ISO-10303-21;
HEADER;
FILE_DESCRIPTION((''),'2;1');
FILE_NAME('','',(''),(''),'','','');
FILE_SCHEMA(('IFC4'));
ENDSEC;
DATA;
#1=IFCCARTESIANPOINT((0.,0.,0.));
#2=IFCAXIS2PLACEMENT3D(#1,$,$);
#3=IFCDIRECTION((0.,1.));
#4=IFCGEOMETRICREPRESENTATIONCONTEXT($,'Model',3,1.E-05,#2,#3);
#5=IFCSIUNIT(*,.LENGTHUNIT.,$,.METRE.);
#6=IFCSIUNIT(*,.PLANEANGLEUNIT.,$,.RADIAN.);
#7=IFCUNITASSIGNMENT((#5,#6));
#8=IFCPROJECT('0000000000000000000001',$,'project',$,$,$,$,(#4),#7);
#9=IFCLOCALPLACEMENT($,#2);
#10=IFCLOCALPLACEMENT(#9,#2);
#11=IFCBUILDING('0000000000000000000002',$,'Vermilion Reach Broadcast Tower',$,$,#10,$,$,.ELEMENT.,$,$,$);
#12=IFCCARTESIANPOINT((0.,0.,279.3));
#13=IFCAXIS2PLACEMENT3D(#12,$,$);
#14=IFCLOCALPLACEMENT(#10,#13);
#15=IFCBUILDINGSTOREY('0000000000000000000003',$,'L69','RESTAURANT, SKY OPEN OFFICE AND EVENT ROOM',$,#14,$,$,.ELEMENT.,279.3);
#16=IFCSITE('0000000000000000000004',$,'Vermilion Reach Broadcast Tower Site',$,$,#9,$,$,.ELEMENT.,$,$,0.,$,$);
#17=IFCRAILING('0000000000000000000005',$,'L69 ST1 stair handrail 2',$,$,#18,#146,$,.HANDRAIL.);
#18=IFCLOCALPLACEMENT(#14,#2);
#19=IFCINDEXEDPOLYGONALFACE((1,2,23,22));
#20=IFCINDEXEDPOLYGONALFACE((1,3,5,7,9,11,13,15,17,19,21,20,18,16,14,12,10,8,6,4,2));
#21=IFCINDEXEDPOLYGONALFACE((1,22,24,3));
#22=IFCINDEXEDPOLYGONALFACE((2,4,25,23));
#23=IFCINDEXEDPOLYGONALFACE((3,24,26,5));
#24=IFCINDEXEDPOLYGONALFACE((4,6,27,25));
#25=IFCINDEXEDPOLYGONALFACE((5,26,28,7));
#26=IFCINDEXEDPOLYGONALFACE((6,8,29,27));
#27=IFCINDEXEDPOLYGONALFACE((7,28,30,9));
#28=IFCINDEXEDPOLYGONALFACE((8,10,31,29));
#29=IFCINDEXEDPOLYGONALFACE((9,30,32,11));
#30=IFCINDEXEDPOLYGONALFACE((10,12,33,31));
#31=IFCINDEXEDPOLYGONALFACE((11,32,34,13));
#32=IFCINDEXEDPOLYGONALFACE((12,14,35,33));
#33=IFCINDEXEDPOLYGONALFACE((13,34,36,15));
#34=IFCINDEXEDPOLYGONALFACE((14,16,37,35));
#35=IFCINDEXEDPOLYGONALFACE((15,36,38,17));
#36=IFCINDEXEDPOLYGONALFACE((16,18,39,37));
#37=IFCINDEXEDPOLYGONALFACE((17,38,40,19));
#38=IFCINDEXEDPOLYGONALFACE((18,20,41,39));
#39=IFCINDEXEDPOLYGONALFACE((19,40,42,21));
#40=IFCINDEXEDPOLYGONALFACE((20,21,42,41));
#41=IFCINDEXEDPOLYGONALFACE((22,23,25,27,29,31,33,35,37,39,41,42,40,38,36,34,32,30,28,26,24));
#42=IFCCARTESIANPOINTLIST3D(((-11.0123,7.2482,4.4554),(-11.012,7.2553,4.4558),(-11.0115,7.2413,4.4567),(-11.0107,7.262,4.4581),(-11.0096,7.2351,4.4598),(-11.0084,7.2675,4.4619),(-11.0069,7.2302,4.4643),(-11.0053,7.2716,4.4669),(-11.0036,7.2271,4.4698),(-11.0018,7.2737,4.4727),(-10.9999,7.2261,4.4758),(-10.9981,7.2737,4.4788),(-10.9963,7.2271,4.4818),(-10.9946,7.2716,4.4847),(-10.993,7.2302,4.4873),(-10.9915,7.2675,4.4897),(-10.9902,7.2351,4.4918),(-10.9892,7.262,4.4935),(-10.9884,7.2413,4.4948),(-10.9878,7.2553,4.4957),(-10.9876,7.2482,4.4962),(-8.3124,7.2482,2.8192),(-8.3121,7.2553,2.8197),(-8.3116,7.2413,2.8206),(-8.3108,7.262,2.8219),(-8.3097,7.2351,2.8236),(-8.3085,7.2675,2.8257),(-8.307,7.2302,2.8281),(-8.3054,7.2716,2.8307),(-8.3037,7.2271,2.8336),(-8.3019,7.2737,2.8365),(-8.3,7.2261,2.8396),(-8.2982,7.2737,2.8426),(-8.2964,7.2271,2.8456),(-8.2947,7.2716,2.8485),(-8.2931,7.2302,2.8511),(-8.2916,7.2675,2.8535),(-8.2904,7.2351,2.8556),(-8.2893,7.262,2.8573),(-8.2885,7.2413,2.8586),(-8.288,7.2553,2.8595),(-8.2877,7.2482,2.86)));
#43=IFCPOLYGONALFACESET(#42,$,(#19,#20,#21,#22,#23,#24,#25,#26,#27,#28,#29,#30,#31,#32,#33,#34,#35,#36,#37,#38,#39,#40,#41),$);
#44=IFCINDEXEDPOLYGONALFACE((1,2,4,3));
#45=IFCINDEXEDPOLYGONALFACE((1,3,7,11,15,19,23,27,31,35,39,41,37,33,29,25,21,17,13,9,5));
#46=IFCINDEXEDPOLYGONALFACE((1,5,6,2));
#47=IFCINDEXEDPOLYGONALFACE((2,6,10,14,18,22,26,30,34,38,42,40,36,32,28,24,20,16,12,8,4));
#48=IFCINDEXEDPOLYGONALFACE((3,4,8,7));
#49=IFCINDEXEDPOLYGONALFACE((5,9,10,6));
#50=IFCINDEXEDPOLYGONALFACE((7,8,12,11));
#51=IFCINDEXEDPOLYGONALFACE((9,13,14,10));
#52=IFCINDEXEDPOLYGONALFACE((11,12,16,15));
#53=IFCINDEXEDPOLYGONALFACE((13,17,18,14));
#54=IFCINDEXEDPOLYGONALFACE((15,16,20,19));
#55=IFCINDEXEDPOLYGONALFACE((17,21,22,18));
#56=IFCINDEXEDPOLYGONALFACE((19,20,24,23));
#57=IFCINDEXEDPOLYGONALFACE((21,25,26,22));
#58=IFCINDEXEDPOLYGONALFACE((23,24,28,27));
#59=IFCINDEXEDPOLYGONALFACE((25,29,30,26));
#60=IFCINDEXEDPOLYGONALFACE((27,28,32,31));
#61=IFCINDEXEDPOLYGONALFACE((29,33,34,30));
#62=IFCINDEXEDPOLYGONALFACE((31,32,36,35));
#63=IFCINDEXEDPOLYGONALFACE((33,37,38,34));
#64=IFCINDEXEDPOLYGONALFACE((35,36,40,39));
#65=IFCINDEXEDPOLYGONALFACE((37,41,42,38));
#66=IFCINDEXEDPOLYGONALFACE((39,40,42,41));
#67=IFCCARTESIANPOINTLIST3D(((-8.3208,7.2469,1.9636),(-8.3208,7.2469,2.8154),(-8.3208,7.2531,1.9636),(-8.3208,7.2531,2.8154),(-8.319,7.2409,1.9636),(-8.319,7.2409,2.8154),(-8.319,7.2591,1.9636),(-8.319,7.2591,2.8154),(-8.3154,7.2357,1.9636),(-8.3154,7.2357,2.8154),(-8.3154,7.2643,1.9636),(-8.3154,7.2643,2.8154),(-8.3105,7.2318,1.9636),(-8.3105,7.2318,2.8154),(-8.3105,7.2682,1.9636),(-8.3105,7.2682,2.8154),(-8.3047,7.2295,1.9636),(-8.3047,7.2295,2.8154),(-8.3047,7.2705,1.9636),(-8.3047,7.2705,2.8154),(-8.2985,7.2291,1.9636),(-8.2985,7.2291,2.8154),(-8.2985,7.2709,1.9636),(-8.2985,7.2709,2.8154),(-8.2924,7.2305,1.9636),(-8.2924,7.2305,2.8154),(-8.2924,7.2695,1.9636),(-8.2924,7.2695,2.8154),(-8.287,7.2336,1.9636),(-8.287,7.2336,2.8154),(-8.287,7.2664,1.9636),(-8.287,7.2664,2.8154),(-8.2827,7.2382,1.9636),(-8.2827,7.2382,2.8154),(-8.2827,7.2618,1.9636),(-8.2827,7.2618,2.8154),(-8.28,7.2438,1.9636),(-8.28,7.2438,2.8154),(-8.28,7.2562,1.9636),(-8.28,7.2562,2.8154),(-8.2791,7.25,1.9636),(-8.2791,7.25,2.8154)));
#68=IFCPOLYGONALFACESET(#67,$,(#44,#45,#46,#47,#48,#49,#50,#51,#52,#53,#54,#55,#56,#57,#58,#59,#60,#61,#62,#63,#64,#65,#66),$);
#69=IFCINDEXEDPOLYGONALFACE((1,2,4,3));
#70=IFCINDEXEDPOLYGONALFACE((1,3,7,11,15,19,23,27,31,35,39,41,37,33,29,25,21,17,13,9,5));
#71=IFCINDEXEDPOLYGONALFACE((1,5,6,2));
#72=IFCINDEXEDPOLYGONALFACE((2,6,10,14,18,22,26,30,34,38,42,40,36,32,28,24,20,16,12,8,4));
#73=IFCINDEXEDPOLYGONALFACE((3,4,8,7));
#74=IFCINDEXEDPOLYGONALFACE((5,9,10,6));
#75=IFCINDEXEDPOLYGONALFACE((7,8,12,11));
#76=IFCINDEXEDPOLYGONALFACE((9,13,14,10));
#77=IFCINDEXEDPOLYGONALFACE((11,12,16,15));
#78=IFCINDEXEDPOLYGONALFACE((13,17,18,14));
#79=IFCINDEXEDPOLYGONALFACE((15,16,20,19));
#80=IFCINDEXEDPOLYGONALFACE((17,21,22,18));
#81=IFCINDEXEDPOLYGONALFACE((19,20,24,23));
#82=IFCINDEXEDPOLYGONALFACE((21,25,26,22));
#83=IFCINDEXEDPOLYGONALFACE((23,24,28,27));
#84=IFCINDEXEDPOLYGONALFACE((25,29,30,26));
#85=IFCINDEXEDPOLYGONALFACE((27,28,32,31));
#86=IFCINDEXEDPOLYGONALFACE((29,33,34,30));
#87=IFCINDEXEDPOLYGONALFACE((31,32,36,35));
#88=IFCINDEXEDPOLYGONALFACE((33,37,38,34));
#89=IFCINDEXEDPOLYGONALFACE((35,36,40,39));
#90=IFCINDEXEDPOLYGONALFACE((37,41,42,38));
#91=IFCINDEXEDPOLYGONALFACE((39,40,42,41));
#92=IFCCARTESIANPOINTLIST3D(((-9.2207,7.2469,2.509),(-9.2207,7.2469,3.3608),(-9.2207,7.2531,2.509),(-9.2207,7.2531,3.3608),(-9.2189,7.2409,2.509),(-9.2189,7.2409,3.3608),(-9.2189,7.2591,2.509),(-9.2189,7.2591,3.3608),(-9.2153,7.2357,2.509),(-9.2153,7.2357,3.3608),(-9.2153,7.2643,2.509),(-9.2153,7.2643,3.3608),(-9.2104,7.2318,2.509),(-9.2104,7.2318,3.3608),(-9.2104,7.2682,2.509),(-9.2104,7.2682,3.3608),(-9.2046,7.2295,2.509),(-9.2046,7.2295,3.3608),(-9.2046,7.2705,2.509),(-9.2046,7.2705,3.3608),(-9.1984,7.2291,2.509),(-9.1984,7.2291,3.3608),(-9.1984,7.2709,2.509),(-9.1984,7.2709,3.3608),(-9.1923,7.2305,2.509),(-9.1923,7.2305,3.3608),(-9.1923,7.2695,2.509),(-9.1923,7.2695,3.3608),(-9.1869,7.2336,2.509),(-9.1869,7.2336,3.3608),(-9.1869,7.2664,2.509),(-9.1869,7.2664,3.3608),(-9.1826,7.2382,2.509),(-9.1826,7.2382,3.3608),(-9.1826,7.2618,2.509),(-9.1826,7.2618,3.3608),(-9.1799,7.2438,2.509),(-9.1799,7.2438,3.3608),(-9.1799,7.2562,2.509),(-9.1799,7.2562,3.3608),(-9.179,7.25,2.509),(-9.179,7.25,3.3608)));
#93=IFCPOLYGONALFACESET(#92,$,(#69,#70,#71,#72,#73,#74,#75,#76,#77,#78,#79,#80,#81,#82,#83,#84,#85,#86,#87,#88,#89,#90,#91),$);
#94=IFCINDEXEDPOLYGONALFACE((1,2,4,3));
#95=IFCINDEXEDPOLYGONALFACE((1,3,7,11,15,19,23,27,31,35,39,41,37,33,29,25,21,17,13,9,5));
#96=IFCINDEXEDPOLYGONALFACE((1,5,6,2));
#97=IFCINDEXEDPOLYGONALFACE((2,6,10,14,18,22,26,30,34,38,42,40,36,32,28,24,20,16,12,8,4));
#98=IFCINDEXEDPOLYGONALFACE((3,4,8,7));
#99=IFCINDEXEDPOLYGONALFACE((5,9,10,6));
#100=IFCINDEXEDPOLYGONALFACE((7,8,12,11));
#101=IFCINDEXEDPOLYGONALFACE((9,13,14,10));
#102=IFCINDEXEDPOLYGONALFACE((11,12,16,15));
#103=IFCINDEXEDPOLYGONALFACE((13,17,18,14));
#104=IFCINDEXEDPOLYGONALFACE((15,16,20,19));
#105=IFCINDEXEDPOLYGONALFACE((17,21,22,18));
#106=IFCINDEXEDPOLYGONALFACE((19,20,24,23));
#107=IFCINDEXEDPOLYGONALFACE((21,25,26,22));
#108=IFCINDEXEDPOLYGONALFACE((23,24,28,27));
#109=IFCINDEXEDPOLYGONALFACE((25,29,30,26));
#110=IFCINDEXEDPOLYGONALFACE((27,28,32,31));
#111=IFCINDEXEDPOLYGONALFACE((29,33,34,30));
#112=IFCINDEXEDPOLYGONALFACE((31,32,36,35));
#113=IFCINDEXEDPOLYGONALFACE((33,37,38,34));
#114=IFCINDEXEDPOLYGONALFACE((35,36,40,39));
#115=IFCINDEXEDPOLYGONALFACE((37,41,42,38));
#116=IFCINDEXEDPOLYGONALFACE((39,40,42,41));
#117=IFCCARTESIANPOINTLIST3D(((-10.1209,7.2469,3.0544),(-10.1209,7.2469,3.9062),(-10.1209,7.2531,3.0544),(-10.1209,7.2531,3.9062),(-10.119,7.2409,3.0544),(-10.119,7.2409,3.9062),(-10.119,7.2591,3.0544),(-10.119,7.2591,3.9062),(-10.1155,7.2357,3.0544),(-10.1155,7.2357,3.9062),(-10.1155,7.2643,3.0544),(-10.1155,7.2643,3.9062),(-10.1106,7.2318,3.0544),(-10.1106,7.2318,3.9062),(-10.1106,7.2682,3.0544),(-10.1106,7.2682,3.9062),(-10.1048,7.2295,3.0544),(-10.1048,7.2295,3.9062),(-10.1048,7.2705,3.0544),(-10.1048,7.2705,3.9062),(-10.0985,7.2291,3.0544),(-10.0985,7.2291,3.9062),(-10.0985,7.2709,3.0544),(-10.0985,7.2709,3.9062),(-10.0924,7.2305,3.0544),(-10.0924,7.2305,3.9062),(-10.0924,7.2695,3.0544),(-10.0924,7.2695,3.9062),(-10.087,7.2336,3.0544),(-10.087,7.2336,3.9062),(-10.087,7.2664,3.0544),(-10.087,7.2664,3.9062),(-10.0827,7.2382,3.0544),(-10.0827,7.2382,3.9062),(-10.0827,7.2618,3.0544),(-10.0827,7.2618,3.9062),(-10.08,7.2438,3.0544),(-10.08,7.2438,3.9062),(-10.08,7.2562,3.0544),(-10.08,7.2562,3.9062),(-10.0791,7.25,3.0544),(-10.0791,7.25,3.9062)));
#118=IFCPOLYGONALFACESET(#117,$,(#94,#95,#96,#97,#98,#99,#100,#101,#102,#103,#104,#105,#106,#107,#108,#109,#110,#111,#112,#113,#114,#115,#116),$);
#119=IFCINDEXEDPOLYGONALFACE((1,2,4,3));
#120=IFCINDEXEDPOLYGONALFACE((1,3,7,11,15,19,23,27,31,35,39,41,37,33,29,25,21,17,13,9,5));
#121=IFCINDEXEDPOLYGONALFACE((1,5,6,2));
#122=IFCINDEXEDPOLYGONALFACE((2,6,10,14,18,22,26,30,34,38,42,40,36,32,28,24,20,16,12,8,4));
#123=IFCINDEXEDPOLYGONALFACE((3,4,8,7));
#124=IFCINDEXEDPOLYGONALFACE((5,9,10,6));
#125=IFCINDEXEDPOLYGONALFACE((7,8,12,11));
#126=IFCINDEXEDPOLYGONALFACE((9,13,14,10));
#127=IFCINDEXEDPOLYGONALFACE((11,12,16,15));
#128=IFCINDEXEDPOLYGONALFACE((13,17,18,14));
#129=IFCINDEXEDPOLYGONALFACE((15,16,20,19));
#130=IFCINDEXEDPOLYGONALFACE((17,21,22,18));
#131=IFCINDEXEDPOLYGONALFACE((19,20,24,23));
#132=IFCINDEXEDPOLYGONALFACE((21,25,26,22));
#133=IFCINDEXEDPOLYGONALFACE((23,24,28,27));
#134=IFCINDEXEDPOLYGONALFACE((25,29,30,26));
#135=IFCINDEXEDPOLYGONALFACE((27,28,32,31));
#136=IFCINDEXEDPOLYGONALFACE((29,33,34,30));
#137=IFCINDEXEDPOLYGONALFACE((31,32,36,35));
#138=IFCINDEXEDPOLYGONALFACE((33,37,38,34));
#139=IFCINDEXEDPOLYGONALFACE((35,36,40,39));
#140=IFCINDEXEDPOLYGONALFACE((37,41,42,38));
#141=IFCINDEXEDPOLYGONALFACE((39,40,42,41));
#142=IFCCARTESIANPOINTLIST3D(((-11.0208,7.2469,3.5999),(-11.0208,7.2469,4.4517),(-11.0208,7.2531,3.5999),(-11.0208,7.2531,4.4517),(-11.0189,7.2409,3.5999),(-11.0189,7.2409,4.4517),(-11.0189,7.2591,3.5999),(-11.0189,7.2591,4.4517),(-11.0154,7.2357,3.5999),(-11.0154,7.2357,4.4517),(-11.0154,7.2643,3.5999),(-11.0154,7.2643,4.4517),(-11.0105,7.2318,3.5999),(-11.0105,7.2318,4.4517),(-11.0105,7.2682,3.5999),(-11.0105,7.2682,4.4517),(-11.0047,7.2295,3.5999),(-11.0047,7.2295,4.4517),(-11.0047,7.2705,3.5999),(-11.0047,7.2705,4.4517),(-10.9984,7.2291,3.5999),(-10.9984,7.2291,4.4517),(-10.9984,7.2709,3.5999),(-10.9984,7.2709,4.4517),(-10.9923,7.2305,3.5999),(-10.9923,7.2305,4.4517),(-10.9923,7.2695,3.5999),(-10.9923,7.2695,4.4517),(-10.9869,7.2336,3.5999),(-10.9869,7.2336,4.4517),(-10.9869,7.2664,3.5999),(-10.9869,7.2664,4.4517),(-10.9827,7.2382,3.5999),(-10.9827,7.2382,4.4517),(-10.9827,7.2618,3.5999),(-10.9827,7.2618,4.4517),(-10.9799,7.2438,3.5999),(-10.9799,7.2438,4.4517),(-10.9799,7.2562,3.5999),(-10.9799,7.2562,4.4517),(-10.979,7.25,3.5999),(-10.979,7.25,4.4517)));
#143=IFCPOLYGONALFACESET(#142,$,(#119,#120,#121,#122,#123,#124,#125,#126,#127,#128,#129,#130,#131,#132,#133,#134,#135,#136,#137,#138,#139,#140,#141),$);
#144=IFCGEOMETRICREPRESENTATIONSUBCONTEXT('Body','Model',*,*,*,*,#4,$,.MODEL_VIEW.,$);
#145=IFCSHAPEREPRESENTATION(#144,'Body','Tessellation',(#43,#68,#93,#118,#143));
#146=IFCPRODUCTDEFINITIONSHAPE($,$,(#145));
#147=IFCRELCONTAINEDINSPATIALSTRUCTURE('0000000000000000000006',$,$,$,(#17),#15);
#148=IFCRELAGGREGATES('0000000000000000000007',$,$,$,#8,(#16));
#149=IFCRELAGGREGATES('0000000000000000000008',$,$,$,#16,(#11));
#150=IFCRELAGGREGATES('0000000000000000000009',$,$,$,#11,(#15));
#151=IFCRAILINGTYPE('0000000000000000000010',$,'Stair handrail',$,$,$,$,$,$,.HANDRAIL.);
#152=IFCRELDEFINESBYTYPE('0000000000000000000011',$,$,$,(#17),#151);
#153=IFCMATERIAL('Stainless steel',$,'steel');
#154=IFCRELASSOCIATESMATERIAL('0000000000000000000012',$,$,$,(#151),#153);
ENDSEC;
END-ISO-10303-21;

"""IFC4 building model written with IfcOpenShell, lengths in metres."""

from ifc_helpers import new_model, si_unit, direction, frame, origin, origin_2d, place, context, subcontext, project, spatial, circle, extrude, material, type_object, element, save


model = new_model("IFC4")

# Units and contexts
model_context = context("Model", 3, precision=1e-05, world=origin(), true_north=direction((0.0, 1.0)))
body_context = subcontext(model_context, "Body", "Model", "MODEL_VIEW")
ifc_project = project(units=[si_unit("LENGTHUNIT", "METRE"), si_unit("PLANEANGLEUNIT", "RADIAN")], contexts=[model_context])

# Site, building, storey
site_placement = place(None, origin())
site = spatial("IfcSite", under=ifc_project, at=site_placement, Name="Vermilion Reach Broadcast Tower Site", CompositionType="ELEMENT", RefElevation=0.0)
building_placement = place(site_placement, origin())
building = spatial("IfcBuilding", under=site, at=building_placement, Name="Vermilion Reach Broadcast Tower", CompositionType="ELEMENT")
storey_placement = place(building_placement, frame((0.0, 0.0, 279.3)))
storey = spatial("IfcBuildingStorey", under=building, at=storey_placement, Name="L69", Description="RESTAURANT, SKY OPEN OFFICE AND EVENT ROOM", CompositionType="ELEMENT", Elevation=279.3)

# Railing
ifc_material_1 = material(Name="Stainless steel", Category="steel")
railing_type_1 = type_object("IfcRailingType", Name="Stair handrail", PredefinedType="HANDRAIL", material=ifc_material_1)
railing_1_placement = place(storey_placement, frame((-8.3, 7.25, 1.9636)))
element("IfcRailing", 1, at=railing_1_placement, inside=storey, type_object=railing_type_1, Name="L69 ST1 stair handrail 2", PredefinedType="HANDRAIL", context=body_context, shape_type="SweptSolid", body=[
    extrude(circle(Radius=0.0239, at=origin_2d()), frame((0.0, 0.0, 0.876), z_axis=(-0.855212, 0.0, 0.518278), x_axis=(0.0, -1.0, 0.0)), (0.0, 0.0, 1.0), 3.157),
    extrude(circle(Radius=0.021, at=origin_2d()), origin(), (0.0, 0.0, 1.0), 0.8518),
    extrude(circle(Radius=0.021, at=origin_2d()), frame((-0.8999, 0.0, 0.5454)), (0.0, 0.0, 1.0), 0.8518),
    extrude(circle(Radius=0.021, at=origin_2d()), frame((-1.8, 0.0, 1.0908)), (0.0, 0.0, 1.0), 0.8518),
    extrude(circle(Radius=0.021, at=origin_2d()), frame((-2.7, 0.0, 1.6362)), (0.0, 0.0, 1.0), 0.8518),
])

save(model, "model.ifc")
